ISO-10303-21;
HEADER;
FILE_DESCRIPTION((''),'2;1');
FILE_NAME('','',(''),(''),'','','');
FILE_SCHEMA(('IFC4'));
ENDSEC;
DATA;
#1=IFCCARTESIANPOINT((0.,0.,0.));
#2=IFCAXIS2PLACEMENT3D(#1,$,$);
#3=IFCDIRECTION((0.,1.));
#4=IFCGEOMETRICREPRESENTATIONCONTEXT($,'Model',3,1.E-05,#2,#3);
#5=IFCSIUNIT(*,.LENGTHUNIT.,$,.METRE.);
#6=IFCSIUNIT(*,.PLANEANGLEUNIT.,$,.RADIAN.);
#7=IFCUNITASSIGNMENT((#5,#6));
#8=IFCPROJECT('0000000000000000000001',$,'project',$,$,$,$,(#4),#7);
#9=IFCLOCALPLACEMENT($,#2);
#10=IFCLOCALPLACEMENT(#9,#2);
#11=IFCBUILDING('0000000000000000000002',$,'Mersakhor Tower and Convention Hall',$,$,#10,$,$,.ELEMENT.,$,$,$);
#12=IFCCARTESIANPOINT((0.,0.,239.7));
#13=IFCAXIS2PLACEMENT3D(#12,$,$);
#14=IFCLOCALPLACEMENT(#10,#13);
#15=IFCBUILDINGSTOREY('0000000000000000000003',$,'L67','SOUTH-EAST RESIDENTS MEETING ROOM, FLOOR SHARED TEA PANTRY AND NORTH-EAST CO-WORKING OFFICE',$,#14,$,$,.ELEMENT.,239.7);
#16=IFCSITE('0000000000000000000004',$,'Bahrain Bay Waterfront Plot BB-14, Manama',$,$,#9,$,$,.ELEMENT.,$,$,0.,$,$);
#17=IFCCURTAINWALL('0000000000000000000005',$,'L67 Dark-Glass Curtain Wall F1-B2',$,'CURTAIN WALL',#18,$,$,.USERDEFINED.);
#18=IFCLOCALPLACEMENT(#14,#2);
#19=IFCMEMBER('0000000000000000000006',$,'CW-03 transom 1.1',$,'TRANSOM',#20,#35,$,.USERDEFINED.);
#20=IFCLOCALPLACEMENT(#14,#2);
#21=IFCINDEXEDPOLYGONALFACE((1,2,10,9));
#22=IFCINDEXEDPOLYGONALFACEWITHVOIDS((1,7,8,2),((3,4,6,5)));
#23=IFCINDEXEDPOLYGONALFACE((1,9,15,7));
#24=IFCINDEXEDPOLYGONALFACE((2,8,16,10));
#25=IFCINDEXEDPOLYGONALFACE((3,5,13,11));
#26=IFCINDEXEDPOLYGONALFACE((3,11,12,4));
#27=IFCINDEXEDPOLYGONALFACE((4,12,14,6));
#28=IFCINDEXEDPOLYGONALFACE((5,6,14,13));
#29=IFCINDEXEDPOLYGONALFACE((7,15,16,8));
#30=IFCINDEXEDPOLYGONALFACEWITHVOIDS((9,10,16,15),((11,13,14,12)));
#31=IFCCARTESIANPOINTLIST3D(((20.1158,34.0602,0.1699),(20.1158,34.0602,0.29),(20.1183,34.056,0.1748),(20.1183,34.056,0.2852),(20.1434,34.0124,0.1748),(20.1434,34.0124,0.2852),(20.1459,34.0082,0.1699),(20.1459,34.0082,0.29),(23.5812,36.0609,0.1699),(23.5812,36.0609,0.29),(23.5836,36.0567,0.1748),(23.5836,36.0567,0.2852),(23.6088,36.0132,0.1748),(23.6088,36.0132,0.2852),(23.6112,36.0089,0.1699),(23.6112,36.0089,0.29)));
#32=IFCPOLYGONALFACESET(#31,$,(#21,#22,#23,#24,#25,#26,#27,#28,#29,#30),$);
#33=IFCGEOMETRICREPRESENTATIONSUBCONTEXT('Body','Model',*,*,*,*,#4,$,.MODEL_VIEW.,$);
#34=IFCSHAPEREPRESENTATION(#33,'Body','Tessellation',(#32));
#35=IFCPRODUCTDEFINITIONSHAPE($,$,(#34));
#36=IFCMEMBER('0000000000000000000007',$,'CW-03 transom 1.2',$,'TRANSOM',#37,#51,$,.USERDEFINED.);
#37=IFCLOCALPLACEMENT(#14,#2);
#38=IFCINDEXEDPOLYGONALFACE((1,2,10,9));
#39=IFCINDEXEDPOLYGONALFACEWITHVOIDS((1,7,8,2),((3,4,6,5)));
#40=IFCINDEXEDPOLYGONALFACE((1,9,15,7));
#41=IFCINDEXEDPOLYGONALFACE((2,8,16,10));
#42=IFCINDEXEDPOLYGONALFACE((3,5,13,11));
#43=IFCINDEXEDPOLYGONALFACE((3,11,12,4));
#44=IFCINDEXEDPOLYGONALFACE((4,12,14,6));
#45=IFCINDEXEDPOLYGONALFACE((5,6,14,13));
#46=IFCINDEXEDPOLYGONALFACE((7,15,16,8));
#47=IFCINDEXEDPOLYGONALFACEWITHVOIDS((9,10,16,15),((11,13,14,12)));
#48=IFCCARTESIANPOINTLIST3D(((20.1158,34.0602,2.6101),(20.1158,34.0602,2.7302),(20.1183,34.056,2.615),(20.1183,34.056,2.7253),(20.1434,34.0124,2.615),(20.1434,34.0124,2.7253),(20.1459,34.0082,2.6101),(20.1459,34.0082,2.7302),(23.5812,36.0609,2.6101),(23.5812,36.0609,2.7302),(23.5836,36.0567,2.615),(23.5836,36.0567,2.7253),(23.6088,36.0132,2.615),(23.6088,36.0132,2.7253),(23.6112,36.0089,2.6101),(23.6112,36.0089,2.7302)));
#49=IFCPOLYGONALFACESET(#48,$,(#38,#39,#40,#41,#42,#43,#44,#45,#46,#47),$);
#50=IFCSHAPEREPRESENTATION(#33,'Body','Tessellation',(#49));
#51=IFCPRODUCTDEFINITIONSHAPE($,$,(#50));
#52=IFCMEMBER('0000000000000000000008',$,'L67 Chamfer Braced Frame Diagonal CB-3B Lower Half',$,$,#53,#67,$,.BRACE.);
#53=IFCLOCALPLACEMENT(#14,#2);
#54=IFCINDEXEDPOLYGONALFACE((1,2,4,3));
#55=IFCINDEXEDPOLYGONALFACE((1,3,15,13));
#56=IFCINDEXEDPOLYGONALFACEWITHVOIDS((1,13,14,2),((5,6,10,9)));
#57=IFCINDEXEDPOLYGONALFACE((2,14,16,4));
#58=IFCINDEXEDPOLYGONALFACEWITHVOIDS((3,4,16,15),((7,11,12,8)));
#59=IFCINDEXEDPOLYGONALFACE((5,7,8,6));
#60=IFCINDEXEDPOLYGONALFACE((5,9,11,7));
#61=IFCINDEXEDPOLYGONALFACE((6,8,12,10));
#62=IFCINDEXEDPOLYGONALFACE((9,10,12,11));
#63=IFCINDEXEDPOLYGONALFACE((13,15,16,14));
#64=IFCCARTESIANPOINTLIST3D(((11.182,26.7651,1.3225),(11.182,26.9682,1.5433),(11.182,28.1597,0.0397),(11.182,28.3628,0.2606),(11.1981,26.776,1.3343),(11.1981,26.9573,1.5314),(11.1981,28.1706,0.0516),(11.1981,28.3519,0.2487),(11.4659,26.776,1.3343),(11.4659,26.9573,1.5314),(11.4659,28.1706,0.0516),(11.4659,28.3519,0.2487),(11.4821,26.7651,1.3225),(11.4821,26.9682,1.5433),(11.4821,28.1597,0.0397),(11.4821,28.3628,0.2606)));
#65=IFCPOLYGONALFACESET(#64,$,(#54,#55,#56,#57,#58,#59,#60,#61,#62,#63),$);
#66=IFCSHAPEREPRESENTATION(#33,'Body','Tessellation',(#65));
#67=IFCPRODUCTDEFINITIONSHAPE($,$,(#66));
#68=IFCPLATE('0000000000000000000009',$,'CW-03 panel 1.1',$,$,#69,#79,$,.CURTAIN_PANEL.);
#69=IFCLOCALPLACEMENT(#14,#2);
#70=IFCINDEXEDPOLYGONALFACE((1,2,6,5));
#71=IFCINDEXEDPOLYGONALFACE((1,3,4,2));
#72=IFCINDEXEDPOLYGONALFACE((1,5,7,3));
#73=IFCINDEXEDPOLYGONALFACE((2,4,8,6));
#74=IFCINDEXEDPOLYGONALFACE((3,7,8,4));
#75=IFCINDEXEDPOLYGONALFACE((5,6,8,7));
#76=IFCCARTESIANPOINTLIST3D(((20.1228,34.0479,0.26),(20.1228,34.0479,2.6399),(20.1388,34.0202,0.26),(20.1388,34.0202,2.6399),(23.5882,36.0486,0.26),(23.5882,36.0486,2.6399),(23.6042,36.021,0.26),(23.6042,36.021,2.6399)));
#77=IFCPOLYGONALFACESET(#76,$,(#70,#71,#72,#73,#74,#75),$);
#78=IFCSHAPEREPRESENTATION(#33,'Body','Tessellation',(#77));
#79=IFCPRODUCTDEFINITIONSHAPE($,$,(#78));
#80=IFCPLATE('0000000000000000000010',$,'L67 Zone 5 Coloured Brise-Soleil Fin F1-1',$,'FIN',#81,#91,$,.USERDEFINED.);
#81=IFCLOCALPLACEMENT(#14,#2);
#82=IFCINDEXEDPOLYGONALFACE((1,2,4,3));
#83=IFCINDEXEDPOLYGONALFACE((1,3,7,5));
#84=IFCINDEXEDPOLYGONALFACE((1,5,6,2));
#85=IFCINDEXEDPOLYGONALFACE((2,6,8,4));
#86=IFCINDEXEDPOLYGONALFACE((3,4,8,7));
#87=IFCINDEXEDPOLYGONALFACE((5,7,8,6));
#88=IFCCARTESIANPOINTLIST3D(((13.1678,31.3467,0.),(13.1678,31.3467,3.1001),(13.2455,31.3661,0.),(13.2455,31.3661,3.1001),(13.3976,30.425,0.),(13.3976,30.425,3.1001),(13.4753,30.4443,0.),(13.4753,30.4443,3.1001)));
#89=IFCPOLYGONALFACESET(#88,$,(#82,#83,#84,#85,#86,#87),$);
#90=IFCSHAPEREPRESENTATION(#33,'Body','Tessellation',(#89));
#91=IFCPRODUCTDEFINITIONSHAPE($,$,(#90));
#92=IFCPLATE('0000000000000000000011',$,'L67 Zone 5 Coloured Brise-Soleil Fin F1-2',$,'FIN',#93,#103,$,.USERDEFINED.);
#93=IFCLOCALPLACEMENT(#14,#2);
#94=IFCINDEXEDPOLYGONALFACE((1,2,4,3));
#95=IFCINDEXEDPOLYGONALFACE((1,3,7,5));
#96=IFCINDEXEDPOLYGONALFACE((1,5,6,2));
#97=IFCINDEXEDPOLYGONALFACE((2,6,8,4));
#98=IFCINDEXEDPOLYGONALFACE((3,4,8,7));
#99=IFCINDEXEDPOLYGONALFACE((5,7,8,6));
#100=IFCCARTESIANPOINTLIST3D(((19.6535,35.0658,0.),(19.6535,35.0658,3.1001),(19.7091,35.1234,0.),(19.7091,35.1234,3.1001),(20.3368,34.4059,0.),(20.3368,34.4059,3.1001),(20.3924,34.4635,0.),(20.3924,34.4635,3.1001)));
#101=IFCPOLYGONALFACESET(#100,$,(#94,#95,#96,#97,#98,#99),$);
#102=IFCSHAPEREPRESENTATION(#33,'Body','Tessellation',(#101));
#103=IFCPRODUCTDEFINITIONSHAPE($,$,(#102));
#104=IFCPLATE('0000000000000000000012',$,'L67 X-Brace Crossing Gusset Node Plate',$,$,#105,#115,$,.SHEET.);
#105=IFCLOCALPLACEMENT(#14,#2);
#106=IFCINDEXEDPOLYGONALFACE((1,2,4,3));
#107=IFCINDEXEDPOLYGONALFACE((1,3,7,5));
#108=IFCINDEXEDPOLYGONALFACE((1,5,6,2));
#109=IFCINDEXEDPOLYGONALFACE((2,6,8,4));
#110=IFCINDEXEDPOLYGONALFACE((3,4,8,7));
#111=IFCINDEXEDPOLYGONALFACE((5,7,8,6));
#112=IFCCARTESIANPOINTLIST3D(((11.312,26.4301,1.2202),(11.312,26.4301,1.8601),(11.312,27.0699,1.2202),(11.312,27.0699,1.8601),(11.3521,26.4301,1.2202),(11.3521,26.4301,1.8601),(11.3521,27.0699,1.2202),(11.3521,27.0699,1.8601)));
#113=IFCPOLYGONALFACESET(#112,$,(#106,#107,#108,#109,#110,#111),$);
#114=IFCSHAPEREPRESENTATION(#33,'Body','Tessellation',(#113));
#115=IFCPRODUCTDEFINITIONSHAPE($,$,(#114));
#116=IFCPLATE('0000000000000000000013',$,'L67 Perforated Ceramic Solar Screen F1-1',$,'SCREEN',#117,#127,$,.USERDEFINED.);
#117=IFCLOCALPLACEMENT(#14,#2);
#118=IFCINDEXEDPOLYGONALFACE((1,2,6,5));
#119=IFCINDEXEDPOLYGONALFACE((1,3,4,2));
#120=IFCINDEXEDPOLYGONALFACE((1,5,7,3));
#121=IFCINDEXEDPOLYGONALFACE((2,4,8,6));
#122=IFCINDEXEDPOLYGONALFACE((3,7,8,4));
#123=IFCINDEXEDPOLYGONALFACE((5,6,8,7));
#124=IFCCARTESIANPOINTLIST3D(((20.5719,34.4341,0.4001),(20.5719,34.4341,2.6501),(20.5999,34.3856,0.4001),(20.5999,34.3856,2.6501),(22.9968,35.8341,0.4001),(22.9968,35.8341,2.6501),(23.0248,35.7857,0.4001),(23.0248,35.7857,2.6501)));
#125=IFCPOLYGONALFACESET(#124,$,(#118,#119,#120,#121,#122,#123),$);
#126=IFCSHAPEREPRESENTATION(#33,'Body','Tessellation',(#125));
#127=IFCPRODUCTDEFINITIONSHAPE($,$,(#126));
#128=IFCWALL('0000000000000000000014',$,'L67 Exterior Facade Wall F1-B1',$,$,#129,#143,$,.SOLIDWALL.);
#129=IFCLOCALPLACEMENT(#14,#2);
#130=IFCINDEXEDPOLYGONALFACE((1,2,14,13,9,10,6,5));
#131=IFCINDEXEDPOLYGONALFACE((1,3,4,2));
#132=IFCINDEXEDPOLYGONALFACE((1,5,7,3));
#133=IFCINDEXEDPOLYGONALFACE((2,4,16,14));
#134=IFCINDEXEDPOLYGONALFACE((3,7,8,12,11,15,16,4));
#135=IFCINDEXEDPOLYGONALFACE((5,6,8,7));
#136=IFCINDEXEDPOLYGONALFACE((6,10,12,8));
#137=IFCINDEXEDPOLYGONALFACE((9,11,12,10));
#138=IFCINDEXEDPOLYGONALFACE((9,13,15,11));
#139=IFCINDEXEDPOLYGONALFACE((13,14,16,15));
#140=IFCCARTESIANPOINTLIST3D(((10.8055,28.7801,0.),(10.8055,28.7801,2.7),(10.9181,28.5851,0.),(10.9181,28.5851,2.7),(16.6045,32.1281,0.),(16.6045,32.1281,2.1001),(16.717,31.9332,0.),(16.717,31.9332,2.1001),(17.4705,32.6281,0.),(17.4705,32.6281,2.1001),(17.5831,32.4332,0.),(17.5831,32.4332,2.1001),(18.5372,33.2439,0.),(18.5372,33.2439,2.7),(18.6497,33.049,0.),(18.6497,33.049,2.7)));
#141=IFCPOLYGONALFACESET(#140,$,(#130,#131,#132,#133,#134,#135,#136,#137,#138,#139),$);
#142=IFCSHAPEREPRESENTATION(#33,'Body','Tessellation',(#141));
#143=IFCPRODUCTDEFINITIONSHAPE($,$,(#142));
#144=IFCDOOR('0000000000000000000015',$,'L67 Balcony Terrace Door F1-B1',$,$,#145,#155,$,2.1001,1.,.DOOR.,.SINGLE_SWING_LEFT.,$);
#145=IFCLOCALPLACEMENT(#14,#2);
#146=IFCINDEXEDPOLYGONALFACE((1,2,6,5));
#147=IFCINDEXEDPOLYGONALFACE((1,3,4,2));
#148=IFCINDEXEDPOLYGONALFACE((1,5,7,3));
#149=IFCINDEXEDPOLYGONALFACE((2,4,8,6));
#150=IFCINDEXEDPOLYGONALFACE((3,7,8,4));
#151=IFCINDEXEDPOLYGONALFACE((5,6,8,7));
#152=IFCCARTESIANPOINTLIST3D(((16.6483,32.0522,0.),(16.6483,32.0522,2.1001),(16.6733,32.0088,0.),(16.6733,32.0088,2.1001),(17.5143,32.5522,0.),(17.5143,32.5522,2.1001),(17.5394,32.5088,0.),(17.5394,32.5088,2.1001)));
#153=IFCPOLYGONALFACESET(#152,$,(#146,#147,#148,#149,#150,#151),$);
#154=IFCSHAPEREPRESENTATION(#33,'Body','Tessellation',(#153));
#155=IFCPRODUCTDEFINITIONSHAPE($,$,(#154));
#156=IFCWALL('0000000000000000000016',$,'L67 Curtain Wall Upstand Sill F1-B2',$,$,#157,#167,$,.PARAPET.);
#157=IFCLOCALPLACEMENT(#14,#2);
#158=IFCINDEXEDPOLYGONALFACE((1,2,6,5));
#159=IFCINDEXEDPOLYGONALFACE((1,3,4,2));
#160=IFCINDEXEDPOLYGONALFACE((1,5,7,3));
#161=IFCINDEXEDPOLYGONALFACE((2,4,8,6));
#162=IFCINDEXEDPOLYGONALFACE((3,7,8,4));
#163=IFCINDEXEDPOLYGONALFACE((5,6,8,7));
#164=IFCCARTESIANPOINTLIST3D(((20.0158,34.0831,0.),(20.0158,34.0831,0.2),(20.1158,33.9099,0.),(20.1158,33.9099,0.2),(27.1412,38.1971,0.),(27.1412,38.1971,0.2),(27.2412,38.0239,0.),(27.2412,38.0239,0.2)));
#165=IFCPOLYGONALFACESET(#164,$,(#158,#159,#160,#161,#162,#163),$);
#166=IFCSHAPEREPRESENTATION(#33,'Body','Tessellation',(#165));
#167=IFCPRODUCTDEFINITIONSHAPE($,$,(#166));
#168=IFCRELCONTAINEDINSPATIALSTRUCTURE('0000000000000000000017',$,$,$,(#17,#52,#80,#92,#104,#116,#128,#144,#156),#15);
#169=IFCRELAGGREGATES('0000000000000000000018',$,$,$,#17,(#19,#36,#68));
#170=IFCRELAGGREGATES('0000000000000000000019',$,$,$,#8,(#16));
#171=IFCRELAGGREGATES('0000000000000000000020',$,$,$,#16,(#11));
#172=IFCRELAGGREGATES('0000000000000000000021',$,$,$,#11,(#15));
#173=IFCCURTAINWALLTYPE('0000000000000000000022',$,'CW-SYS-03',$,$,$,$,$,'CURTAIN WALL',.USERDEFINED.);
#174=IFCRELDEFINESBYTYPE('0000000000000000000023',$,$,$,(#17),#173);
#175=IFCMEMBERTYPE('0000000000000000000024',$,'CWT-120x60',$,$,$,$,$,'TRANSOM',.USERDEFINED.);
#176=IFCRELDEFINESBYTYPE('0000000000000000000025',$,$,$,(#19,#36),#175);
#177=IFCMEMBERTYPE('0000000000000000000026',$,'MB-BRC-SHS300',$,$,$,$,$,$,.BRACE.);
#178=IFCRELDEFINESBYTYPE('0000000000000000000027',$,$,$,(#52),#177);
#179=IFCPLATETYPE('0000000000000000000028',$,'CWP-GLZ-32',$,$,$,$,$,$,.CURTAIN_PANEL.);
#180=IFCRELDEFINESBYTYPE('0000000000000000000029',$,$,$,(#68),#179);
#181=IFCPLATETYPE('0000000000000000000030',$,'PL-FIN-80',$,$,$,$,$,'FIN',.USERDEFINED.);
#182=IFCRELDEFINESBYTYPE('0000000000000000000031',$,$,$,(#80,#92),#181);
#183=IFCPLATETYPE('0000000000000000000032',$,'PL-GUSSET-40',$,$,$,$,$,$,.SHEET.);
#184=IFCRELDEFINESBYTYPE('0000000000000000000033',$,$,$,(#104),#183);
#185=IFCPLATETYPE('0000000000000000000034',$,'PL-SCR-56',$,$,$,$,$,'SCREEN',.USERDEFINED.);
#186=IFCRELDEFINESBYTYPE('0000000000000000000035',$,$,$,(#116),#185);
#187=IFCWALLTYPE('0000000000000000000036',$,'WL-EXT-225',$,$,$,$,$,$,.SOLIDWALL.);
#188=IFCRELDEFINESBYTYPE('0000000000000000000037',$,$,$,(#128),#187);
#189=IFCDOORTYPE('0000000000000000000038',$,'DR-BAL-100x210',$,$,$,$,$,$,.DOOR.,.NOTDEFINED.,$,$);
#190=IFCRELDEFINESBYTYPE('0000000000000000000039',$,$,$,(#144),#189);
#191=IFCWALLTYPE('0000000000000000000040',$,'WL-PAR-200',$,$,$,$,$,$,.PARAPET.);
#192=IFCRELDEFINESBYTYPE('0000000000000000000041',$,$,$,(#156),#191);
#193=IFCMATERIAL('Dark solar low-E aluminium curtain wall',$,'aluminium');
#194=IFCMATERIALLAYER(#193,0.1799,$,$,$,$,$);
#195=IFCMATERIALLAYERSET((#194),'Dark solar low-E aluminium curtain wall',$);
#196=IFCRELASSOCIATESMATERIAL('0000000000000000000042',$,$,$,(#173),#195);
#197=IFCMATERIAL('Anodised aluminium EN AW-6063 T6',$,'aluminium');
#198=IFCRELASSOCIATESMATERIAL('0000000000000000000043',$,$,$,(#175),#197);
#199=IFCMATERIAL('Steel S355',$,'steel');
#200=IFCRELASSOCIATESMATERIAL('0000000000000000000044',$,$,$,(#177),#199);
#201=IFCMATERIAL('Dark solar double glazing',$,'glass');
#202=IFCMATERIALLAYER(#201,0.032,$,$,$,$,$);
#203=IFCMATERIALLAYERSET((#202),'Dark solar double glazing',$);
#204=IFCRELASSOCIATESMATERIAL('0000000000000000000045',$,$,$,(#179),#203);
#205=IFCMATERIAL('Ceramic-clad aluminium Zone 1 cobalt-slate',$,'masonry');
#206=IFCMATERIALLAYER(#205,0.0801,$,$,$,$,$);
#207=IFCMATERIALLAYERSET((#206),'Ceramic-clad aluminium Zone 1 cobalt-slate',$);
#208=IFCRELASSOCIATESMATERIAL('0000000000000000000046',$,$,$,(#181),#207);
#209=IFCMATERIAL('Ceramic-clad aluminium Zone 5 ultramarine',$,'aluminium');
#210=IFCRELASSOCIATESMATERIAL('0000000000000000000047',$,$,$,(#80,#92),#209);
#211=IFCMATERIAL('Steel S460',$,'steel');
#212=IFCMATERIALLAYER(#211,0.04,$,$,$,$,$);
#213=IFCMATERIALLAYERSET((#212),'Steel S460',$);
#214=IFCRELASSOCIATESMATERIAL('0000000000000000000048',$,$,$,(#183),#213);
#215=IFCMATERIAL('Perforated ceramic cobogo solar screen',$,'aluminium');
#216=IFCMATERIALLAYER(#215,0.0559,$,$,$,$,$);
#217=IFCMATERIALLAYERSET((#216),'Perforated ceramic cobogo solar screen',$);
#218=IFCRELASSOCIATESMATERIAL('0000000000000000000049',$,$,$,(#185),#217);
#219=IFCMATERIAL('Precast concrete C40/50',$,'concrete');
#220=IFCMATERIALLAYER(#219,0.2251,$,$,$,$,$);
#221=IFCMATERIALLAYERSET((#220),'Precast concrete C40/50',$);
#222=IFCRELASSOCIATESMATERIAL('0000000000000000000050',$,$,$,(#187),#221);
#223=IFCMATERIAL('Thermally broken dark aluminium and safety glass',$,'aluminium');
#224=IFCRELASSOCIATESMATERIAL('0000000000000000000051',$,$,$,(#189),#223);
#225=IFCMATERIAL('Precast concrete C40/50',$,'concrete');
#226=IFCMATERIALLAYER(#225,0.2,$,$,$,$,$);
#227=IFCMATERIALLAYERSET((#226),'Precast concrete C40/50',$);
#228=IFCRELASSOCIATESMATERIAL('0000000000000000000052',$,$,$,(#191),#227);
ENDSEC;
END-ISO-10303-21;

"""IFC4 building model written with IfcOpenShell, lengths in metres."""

from ifc_helpers import new_model, si_unit, direction, frame, frame_2d, origin, origin_2d, place, context, subcontext, project, spatial, rectangle, hollow_rectangle, extrude, material, layer, layer_set, material_profile, profile_set, type_object, element, fill, aggregate, save


model = new_model("IFC4")

# Units and contexts
model_context = context("Model", 3, precision=1e-05, world=origin(), true_north=direction((0.0, 1.0)))
body_context = subcontext(model_context, "Body", "Model", "MODEL_VIEW")
ifc_project = project(units=[si_unit("LENGTHUNIT", "METRE"), si_unit("PLANEANGLEUNIT", "RADIAN")], contexts=[model_context])

# Site, building, storey
site_placement = place(None, origin())
site = spatial("IfcSite", under=ifc_project, at=site_placement, Name="Bahrain Bay Waterfront Plot BB-14, Manama", CompositionType="ELEMENT", RefElevation=0.0)
building_placement = place(site_placement, origin())
building = spatial("IfcBuilding", under=site, at=building_placement, Name="Mersakhor Tower and Convention Hall", CompositionType="ELEMENT")
storey_placement = place(building_placement, frame((0.0, 0.0, 239.7)))
storey = spatial("IfcBuildingStorey", under=building, at=storey_placement, Name="L67", Description="SOUTH-EAST RESIDENTS MEETING ROOM, FLOOR SHARED TEA PANTRY AND NORTH-EAST CO-WORKING OFFICE", CompositionType="ELEMENT", Elevation=239.7)

# Curtain wall, members
ifc_material_1 = material(Name="Dark solar low-E aluminium curtain wall", Category="aluminium")
ifc_layer_1 = layer(ifc_material_1, 0.1799)
ifc_layer_set_1 = layer_set([ifc_layer_1], Name="Dark solar low-E aluminium curtain wall")
curtain_wall_type = type_object("IfcCurtainWallType", Name="CW-SYS-03", ElementType="CURTAIN WALL", PredefinedType="USERDEFINED", material=ifc_layer_set_1)
curtain_wall_placement = place(storey_placement, origin())
curtain_wall = element("IfcCurtainWall", 1, at=curtain_wall_placement, inside=storey, type_object=curtain_wall_type, Name="L67 Dark-Glass Curtain Wall F1-B2", ObjectType="CURTAIN WALL", PredefinedType="USERDEFINED")
ifc_material_2 = material(Name="Anodised aluminium EN AW-6063 T6", Category="aluminium")
ifc_material_profile_1 = material_profile(ifc_material_2, hollow_rectangle(XDim=0.0601, YDim=0.1201, WallThickness=0.0049, at=origin_2d()), Name="RHS 120x60x5")
ifc_profile_set_1 = profile_set([ifc_material_profile_1], Name="Anodised aluminium EN AW-6063 T6")
member_type_1 = type_object("IfcMemberType", Name="CWT-120x60", ElementType="TRANSOM", PredefinedType="USERDEFINED", material=ifc_profile_set_1)
member_1_placement = place(storey_placement, frame((20.1309, 34.0342, 0.23), z_axis=(0.866023, 0.500004, 0.0), x_axis=(-0.500004, 0.866023, 0.0)))
member_1 = element("IfcMember", 2, at=member_1_placement, type_object=member_type_1, Name="CW-03 transom 1.1", ObjectType="TRANSOM", PredefinedType="USERDEFINED", context=body_context, shape_type="SweptSolid", body=[
    extrude(hollow_rectangle(XDim=0.0601, YDim=0.1201, WallThickness=0.0049, at=origin_2d()), origin(), (0.0, 0.0, 1.0), 4.0015),
])
member_2_placement = place(storey_placement, frame((20.1309, 34.0342, 2.6702), z_axis=(0.866023, 0.500004, 0.0), x_axis=(-0.500004, 0.866023, 0.0)))
member_2 = element("IfcMember", 3, at=member_2_placement, type_object=member_type_1, Name="CW-03 transom 1.2", ObjectType="TRANSOM", PredefinedType="USERDEFINED", context=body_context, shape_type="SweptSolid", body=[
    extrude(hollow_rectangle(XDim=0.0601, YDim=0.1201, WallThickness=0.0049, at=origin_2d()), origin(), (0.0, 0.0, 1.0), 4.0015),
])

# Member
ifc_material_3 = material(Name="Steel S355", Category="steel")
ifc_material_profile_2 = material_profile(ifc_material_3, hollow_rectangle(XDim=0.3, YDim=0.3, WallThickness=0.0161, at=origin_2d()), Name="SHS 300x300x16")
ifc_profile_set_2 = profile_set([ifc_material_profile_2], Name="Steel S355")
member_type_2 = type_object("IfcMemberType", Name="MB-BRC-SHS300", PredefinedType="BRACE", material=ifc_profile_set_2)
member_3_placement = place(storey_placement, frame((11.332, 28.2612, 0.1501), z_axis=(0.0, -0.735998, 0.676984), x_axis=(1.0, 0.0, 0.0)))
element("IfcMember", 4, at=member_3_placement, inside=storey, type_object=member_type_2, Name="L67 Chamfer Braced Frame Diagonal CB-3B Lower Half", PredefinedType="BRACE", context=body_context, shape_type="SweptSolid", body=[
    extrude(hollow_rectangle(XDim=0.3, YDim=0.3, WallThickness=0.0161, at=origin_2d()), origin(), (0.0, 0.0, 1.0), 1.8948),
])

# Plate
ifc_material_4 = material(Name="Dark solar double glazing", Category="glass")
ifc_layer_2 = layer(ifc_material_4, 0.032)
ifc_layer_set_2 = layer_set([ifc_layer_2], Name="Dark solar double glazing")
plate_type_1 = type_object("IfcPlateType", Name="CWP-GLZ-32", PredefinedType="CURTAIN_PANEL", material=ifc_layer_set_2)
plate_1_placement = place(storey_placement, frame((21.8635, 35.0344, 0.26), z_axis=(0.0, 0.0, 1.0), x_axis=(0.866023, 0.500004, 0.0)))
plate_1 = element("IfcPlate", 5, at=plate_1_placement, type_object=plate_type_1, Name="CW-03 panel 1.1", PredefinedType="CURTAIN_PANEL", context=body_context, shape_type="SweptSolid", body=[
    extrude(rectangle(XDim=4.0015, YDim=0.032, at=origin_2d()), origin(), (0.0, 0.0, 1.0), 2.3799),
])
aggregate(curtain_wall, [member_1, member_2, plate_1])

# Plates
ifc_material_5 = material(Name="Ceramic-clad aluminium Zone 5 ultramarine", Category="aluminium")
ifc_material_6 = material(Name="Ceramic-clad aluminium Zone 1 cobalt-slate", Category="masonry")
ifc_layer_3 = layer(ifc_material_6, 0.0801)
ifc_layer_set_3 = layer_set([ifc_layer_3], Name="Ceramic-clad aluminium Zone 1 cobalt-slate")
plate_type_2 = type_object("IfcPlateType", Name="PL-FIN-80", ElementType="FIN", PredefinedType="USERDEFINED", material=ifc_layer_set_3)
for number, where, z_axis, x_axis, name in (
    (6, (13.3215, 30.8955, 0.0), (0.0, 0.0, 1.0), (-0.241922, 0.970296, 0.0), "L67 Zone 5 Coloured Brise-Soleil Fin F1-1"),
    (7, (20.0229, 34.7646, 0.0), (0.0, 0.0, 1.0), (-0.71934, 0.694658, 0.0), "L67 Zone 5 Coloured Brise-Soleil Fin F1-2"),
):
    element("IfcPlate", number, at=place(storey_placement, frame(where, z_axis=z_axis, x_axis=x_axis)), inside=storey, type_object=plate_type_2, material=ifc_material_5, Name=name, ObjectType="FIN", PredefinedType="USERDEFINED", context=body_context, shape_type="SweptSolid", body=[
        extrude(rectangle(XDim=0.95, YDim=0.0801, at=origin_2d()), origin(), (0.0, 0.0, 1.0), 3.1001),
    ])
ifc_material_7 = material(Name="Steel S460", Category="steel")
ifc_layer_4 = layer(ifc_material_7, 0.04)
ifc_layer_set_4 = layer_set([ifc_layer_4], Name="Steel S460")
plate_type_3 = type_object("IfcPlateType", Name="PL-GUSSET-40", PredefinedType="SHEET", material=ifc_layer_set_4)
plate_2_placement = place(storey_placement, frame((11.332, 26.75, 1.2202), z_axis=(0.0, 0.0, 1.0), x_axis=(0.0, -1.0, 0.0)))
element("IfcPlate", 8, at=plate_2_placement, inside=storey, type_object=plate_type_3, Name="L67 X-Brace Crossing Gusset Node Plate", PredefinedType="SHEET", context=body_context, shape_type="SweptSolid", body=[
    extrude(rectangle(XDim=0.6399, YDim=0.04, at=origin_2d()), origin(), (0.0, 0.0, 1.0), 0.6399),
])
ifc_material_8 = material(Name="Perforated ceramic cobogo solar screen", Category="aluminium")
ifc_layer_5 = layer(ifc_material_8, 0.0559)
ifc_layer_set_5 = layer_set([ifc_layer_5], Name="Perforated ceramic cobogo solar screen")
plate_type_4 = type_object("IfcPlateType", Name="PL-SCR-56", ElementType="SCREEN", PredefinedType="USERDEFINED", material=ifc_layer_set_5)
plate_3_placement = place(storey_placement, frame((21.7983, 35.1099, 0.4001), z_axis=(0.0, 0.0, 1.0), x_axis=(0.866025, 0.5, 0.0)))
element("IfcPlate", 9, at=plate_3_placement, inside=storey, type_object=plate_type_4, Name="L67 Perforated Ceramic Solar Screen F1-1", ObjectType="SCREEN", PredefinedType="USERDEFINED", context=body_context, shape_type="SweptSolid", body=[
    extrude(rectangle(XDim=2.8, YDim=0.0559, at=origin_2d()), origin(), (0.0, 0.0, 1.0), 2.25),
])

# Wall, opening, door
ifc_material_9 = material(Name="Precast concrete C40/50", Category="concrete")
ifc_layer_6 = layer(ifc_material_9, 0.2251)
ifc_layer_set_6 = layer_set([ifc_layer_6], Name="Precast concrete C40/50")
wall_type_1 = type_object("IfcWallType", Name="WL-EXT-225", PredefinedType="SOLIDWALL", material=ifc_layer_set_6)
wall_1_placement = place(storey_placement, frame((10.8618, 28.6826, 0.0), z_axis=(0.0, 0.0, 1.0), x_axis=(0.866027, 0.499998, 0.0)))
wall_1 = element("IfcWall", 10, at=wall_1_placement, inside=storey, type_object=wall_type_1, Name="L67 Exterior Facade Wall F1-B1", PredefinedType="SOLIDWALL", context=body_context, shape_type="SweptSolid", body=[
    extrude(rectangle(XDim=8.9277, YDim=0.2251, at=frame_2d((4.4639, 0.0))), origin(), (0.0, 0.0, 1.0), 2.7),
])
opening_1_placement = place(wall_1_placement, frame((6.696, 0.0, 0.0)))
opening_1 = element("IfcOpeningElement", 11, at=opening_1_placement, cuts=wall_1, PredefinedType="OPENING", context=body_context, shape_type="SweptSolid", body=[
    extrude(rectangle(XDim=1.0, YDim=2.1001, at=frame_2d((0.5, 1.05))), frame((0.0, 0.1226, 0.0), z_axis=(0.0, -1.0, 0.0), x_axis=(1.0, 0.0, 0.0)), (0.0, 0.0, 1.0), 0.2451),
])
ifc_material_10 = material(Name="Thermally broken dark aluminium and safety glass", Category="aluminium")
door_type_1 = type_object("IfcDoorType", Name="DR-BAL-100x210", OperationType="NOTDEFINED", PredefinedType="DOOR", material=ifc_material_10)
door_1_placement = place(opening_1_placement, origin())
door_1 = element("IfcDoor", 12, at=door_1_placement, inside=storey, type_object=door_type_1, Name="L67 Balcony Terrace Door F1-B1", OperationType="SINGLE_SWING_LEFT", OverallHeight=2.1001, OverallWidth=1.0, PredefinedType="DOOR", context=body_context, shape_type="SweptSolid", body=[
    extrude(rectangle(XDim=1.0, YDim=2.1001, at=frame_2d((0.5, 1.05))), frame((0.0, 0.0249, 0.0), z_axis=(0.0, -1.0, 0.0), x_axis=(1.0, 0.0, 0.0)), (0.0, 0.0, 1.0), 0.05),
])
fill(opening_1, door_1)

# Wall
ifc_material_11 = material(Name="Precast concrete C40/50", Category="concrete")
ifc_layer_7 = layer(ifc_material_11, 0.2)
ifc_layer_set_7 = layer_set([ifc_layer_7], Name="Precast concrete C40/50")
wall_type_2 = type_object("IfcWallType", Name="WL-PAR-200", PredefinedType="PARAPET", material=ifc_layer_set_7)
wall_2_placement = place(storey_placement, frame((20.0659, 33.9966, 0.0), z_axis=(0.0, 0.0, 1.0), x_axis=(0.86602, 0.50001, 0.0)))
element("IfcWall", 13, at=wall_2_placement, inside=storey, type_object=wall_type_2, Name="L67 Curtain Wall Upstand Sill F1-B2", PredefinedType="PARAPET", context=body_context, shape_type="SweptSolid", body=[
    extrude(rectangle(XDim=8.2278, YDim=0.2, at=frame_2d((4.1138, 0.0))), origin(), (0.0, 0.0, 1.0), 0.2),
])

save(model, "model.ifc")
